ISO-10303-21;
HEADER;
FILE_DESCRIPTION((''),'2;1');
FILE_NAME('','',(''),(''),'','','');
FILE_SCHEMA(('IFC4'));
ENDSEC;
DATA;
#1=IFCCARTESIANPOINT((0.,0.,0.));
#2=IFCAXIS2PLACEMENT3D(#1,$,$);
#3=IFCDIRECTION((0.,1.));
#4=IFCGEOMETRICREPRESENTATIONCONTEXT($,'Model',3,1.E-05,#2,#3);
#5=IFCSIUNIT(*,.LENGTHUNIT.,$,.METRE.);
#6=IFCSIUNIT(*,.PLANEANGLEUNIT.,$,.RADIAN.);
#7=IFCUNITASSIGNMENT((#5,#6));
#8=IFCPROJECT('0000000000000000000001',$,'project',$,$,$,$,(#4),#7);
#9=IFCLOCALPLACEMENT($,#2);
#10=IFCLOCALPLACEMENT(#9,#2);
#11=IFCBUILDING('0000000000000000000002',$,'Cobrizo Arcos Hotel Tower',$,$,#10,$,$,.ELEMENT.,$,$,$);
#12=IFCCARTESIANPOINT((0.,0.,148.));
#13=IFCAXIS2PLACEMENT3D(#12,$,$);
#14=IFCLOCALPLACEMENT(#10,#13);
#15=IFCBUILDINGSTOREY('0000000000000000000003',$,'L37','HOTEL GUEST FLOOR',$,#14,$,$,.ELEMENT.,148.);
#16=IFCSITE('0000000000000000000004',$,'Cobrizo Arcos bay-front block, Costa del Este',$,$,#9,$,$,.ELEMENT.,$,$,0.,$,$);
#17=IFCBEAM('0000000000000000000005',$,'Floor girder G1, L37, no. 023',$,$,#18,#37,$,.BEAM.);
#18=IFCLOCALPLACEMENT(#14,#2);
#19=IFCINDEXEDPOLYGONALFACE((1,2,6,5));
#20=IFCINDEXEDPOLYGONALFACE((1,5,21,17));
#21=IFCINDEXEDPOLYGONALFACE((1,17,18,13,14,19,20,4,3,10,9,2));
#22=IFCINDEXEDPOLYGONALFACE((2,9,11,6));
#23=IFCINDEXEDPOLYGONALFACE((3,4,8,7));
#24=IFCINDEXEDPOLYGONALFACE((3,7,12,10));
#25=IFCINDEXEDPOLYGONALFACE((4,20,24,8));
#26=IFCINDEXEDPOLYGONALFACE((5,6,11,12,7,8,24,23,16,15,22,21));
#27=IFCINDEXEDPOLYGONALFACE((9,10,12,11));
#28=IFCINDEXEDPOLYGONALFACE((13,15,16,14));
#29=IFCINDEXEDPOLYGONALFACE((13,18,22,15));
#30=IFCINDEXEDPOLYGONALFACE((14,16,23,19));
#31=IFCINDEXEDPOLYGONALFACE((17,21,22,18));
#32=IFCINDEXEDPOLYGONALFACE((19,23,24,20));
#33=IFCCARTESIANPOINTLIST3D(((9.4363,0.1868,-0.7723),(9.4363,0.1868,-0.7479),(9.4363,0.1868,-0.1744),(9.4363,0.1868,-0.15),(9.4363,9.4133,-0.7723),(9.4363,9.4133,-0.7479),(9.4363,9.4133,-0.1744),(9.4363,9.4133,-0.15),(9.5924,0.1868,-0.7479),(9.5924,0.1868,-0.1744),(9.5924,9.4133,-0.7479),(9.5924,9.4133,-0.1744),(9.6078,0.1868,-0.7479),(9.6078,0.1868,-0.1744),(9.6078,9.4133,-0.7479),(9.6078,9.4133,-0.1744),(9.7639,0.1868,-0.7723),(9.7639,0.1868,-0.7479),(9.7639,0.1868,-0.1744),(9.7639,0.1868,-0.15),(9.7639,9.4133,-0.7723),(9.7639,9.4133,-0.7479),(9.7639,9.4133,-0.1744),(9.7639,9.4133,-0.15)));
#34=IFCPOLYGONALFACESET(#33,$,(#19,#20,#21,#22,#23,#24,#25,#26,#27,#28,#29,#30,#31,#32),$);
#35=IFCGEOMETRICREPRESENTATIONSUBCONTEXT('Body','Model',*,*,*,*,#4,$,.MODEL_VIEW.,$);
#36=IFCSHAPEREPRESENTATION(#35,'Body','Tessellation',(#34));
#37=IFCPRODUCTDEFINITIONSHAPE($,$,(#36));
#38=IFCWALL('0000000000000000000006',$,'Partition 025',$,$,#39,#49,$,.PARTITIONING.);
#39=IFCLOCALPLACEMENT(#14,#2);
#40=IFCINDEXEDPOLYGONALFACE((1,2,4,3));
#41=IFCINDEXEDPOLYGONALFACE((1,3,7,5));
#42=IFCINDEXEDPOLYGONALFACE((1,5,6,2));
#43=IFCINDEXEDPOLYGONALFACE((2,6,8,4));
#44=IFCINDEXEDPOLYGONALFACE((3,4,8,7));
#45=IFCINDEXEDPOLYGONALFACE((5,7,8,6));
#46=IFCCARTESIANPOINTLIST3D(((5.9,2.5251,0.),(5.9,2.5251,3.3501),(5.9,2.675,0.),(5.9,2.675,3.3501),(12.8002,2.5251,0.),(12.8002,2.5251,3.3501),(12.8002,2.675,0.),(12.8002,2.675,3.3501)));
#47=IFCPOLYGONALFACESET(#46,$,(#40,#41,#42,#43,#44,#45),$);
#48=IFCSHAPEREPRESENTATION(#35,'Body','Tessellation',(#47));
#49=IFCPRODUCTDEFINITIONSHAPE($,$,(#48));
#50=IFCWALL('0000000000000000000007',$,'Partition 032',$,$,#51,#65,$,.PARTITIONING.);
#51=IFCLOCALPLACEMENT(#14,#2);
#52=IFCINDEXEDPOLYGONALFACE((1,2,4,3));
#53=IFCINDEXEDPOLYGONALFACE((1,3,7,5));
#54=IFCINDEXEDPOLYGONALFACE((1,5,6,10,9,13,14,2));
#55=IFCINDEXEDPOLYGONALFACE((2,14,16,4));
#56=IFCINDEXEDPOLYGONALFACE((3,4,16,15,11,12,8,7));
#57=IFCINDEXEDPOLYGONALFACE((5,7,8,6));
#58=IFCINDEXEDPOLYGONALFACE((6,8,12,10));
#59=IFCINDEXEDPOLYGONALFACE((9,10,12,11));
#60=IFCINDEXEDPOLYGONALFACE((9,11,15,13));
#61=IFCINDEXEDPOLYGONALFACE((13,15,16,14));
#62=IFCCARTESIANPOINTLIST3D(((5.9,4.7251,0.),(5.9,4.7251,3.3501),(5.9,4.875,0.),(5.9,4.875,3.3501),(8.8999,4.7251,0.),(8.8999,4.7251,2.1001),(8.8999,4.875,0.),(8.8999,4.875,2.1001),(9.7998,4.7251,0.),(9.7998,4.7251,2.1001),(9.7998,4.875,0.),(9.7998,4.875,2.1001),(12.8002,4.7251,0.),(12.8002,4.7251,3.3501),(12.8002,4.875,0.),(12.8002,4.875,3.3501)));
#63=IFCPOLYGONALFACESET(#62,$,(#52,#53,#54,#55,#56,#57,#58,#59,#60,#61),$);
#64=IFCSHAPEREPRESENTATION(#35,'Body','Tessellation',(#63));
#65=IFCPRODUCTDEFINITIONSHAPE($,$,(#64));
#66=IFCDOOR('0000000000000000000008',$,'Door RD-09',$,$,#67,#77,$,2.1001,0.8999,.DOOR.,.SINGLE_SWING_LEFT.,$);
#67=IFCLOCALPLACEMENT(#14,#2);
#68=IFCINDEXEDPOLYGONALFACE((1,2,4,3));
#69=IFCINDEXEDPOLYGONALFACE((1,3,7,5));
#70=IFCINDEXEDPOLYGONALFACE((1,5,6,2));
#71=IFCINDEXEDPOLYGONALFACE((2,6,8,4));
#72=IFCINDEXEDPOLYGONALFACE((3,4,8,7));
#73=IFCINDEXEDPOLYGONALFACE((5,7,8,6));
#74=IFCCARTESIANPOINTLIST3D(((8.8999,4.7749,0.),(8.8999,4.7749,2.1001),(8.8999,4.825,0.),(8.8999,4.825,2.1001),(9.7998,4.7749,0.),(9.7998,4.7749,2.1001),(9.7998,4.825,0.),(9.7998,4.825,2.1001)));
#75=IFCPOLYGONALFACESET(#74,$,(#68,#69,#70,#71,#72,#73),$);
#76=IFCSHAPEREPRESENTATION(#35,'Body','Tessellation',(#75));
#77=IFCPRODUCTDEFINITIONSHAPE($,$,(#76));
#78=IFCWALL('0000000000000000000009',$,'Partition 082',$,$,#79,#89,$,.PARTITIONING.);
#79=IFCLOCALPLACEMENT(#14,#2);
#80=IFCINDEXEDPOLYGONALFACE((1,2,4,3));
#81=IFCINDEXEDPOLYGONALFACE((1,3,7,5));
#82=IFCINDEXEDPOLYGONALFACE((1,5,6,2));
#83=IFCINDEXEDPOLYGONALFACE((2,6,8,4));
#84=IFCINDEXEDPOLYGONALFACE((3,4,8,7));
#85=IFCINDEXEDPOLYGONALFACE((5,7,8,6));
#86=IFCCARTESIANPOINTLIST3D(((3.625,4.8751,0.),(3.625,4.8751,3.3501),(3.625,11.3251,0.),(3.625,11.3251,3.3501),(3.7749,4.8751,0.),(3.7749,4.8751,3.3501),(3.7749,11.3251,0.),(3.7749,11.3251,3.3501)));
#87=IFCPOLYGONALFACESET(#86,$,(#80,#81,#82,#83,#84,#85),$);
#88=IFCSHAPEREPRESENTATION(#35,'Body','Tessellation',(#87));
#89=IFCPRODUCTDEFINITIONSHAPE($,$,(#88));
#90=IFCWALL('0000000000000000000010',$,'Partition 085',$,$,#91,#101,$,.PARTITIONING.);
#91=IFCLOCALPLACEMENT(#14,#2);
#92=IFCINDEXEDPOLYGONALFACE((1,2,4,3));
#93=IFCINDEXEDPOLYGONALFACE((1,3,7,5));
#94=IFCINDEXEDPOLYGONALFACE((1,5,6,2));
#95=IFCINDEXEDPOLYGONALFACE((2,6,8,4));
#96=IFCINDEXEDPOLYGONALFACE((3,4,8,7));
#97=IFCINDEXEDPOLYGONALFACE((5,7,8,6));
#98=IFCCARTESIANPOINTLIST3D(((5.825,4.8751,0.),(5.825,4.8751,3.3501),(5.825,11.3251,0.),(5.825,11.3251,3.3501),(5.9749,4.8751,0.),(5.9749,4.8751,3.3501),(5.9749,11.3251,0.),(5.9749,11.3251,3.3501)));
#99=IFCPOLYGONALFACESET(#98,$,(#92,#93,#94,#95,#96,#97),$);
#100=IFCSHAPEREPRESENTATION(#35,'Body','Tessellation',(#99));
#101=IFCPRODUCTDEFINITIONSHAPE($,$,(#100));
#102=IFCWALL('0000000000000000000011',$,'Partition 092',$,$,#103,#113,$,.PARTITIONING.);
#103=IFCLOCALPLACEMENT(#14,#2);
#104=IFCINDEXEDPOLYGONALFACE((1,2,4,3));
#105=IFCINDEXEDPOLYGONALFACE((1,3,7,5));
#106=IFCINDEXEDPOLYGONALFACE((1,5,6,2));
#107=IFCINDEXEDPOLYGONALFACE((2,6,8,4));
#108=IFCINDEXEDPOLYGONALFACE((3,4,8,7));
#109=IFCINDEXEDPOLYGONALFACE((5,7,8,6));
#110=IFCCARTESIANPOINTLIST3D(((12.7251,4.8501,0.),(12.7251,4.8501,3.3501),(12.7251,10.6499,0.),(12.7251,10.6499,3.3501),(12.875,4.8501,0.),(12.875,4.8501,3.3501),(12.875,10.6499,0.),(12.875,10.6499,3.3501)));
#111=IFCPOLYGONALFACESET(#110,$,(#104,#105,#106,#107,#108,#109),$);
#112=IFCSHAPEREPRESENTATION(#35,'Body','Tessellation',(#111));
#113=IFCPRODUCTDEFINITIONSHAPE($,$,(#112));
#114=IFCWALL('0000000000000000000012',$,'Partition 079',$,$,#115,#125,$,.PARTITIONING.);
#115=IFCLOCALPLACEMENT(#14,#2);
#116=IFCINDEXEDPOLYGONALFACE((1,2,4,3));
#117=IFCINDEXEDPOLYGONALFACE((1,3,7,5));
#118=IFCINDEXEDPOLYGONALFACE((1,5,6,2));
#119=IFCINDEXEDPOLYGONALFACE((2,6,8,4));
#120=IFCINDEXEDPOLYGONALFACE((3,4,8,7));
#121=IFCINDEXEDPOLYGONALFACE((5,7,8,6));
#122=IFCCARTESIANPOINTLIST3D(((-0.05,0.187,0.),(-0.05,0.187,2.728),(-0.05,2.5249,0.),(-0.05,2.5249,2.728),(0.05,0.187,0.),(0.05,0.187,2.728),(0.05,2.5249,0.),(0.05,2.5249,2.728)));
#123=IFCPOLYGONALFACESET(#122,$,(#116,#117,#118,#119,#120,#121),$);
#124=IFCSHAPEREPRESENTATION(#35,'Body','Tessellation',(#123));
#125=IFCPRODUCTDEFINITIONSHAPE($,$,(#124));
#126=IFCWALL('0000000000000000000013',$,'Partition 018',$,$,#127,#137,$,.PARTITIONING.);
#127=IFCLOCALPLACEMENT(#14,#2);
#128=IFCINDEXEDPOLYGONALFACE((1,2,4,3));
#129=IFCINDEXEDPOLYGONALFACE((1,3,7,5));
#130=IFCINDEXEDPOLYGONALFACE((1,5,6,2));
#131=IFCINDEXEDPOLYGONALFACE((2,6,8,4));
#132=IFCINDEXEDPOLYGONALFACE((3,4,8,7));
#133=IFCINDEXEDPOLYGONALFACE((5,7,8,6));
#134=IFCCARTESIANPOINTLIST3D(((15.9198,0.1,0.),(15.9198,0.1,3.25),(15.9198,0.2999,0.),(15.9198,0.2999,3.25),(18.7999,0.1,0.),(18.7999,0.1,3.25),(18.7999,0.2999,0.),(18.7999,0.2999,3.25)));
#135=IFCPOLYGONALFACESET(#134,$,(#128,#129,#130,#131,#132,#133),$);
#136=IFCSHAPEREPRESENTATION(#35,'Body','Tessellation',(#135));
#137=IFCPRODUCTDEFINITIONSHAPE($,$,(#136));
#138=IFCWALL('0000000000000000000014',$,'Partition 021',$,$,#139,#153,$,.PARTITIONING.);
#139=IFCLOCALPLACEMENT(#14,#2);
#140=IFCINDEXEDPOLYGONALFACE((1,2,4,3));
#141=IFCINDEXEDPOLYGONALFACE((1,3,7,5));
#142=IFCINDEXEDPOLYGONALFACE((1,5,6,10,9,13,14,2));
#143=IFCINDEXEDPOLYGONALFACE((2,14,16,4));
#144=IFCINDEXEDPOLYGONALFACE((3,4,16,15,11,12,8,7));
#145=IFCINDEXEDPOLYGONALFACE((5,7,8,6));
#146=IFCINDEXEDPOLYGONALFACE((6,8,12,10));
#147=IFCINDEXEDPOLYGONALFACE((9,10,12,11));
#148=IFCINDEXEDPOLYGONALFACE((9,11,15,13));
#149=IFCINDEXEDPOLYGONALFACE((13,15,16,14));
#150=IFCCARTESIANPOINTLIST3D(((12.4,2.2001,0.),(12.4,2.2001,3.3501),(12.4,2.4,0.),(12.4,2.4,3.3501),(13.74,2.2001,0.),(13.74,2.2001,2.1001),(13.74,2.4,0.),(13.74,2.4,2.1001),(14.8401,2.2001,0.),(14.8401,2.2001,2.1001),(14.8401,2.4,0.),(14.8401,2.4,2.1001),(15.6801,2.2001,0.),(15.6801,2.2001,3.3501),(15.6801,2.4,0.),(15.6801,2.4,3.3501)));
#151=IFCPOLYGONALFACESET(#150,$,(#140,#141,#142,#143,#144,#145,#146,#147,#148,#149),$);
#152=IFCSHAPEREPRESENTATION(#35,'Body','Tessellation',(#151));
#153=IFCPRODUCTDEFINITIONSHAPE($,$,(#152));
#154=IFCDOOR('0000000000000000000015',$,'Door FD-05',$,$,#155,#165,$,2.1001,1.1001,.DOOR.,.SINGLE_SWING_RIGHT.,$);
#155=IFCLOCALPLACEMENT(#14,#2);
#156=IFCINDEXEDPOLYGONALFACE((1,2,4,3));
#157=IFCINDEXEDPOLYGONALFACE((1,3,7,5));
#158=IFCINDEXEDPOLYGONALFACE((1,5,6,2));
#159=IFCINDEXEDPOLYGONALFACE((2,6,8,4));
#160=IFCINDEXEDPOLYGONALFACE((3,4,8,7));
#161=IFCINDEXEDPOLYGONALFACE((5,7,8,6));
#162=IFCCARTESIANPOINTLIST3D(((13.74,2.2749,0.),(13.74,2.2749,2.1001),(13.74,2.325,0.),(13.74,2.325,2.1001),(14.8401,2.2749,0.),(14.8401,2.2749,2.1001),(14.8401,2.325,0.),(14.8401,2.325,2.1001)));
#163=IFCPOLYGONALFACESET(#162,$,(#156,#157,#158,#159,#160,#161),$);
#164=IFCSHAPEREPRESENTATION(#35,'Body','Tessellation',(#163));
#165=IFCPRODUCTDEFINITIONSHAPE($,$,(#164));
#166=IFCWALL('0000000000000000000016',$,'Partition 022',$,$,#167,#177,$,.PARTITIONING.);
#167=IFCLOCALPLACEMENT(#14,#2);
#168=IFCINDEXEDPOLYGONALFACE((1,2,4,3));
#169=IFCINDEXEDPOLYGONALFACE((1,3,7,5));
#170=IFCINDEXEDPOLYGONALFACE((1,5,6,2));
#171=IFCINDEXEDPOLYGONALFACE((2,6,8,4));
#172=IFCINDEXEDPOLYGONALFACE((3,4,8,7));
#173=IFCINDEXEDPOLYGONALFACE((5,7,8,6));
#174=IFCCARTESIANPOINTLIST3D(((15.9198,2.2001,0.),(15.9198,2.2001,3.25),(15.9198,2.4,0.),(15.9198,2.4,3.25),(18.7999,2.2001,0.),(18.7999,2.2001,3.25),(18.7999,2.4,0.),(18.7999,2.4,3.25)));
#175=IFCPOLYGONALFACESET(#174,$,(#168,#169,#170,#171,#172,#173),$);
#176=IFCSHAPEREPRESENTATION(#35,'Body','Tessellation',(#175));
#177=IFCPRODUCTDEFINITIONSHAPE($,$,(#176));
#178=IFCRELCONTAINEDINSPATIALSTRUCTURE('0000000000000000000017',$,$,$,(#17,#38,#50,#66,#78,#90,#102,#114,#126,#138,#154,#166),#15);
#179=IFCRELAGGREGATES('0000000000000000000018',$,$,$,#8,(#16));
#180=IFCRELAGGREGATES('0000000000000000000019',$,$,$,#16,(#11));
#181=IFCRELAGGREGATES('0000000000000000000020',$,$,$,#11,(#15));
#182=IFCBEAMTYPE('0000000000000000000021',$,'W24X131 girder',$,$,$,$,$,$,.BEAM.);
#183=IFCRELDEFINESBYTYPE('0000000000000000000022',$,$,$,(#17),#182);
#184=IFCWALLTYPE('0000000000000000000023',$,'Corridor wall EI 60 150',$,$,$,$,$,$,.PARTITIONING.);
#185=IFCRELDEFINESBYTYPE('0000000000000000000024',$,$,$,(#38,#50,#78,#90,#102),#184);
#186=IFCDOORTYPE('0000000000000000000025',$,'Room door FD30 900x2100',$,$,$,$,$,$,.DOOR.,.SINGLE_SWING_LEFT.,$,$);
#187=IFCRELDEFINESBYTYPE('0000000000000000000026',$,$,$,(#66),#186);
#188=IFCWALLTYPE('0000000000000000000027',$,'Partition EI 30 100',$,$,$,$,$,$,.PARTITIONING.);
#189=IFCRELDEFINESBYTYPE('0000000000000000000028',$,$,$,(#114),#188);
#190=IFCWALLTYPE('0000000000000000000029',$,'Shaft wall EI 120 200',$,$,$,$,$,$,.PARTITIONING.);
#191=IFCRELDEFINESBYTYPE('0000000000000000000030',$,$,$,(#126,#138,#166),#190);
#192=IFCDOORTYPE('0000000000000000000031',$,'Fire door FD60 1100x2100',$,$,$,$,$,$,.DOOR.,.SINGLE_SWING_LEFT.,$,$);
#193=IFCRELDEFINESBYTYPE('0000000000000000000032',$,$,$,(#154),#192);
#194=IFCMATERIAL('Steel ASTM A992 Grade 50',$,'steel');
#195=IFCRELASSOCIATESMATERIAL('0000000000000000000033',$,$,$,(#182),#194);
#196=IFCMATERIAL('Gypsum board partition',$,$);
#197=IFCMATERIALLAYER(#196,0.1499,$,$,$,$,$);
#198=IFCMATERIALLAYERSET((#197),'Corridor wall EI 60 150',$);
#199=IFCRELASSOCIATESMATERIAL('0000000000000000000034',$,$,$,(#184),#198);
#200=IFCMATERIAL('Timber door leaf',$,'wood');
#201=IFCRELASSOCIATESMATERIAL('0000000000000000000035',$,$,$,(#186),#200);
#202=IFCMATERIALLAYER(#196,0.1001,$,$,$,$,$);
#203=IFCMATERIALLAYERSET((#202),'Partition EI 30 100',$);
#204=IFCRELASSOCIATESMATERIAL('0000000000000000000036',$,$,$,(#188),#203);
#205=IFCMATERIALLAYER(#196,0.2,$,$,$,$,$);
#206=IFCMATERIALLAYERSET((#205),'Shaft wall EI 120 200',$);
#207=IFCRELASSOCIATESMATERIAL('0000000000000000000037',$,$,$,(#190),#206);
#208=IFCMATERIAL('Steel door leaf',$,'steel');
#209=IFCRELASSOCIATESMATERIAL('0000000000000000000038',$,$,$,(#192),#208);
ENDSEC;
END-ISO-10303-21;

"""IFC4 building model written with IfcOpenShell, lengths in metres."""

from ifc_helpers import new_model, si_unit, direction, frame, frame_2d, origin, origin_2d, place, context, subcontext, project, spatial, rectangle, i_section, extrude, material, layer, layer_set, material_profile, profile_set, type_object, element, fill, save


model = new_model("IFC4")

# Units and contexts
model_context = context("Model", 3, precision=1e-05, world=origin(), true_north=direction((0.0, 1.0)))
body_context = subcontext(model_context, "Body", "Model", "MODEL_VIEW")
ifc_project = project(units=[si_unit("LENGTHUNIT", "METRE"), si_unit("PLANEANGLEUNIT", "RADIAN")], contexts=[model_context])

# Site, building, storey
site_placement = place(None, origin())
site = spatial("IfcSite", under=ifc_project, at=site_placement, Name="Cobrizo Arcos bay-front block, Costa del Este", CompositionType="ELEMENT", RefElevation=0.0)
building_placement = place(site_placement, origin())
building = spatial("IfcBuilding", under=site, at=building_placement, Name="Cobrizo Arcos Hotel Tower", CompositionType="ELEMENT")
storey_placement = place(building_placement, frame((0.0, 0.0, 148.0)))
storey = spatial("IfcBuildingStorey", under=building, at=storey_placement, Name="L37", Description="HOTEL GUEST FLOOR", CompositionType="ELEMENT", Elevation=148.0)

# Shared definitions
ifc_material_1 = material(Name="Steel ASTM A992 Grade 50", Category="steel")

# Beam
ifc_material_profile_1 = material_profile(ifc_material_1, i_section(OverallWidth=0.3276, OverallDepth=0.6223, WebThickness=0.0154, FlangeThickness=0.0244, at=origin_2d()), Name="W24X131")
ifc_profile_set_1 = profile_set([ifc_material_profile_1], Name="Steel ASTM A992 Grade 50")
beam_type_1 = type_object("IfcBeamType", Name="W24X131 girder", PredefinedType="BEAM", material=ifc_profile_set_1)
for number, where, z_axis, x_axis, name in (
    (1, (9.6001, 0.1868, -0.4612), (0.0, 1.0, 0.0), (-1.0, 0.0, 0.0), "Floor girder G1, L37, no. 023"),
):
    element("IfcBeam", number, at=place(storey_placement, frame(where, z_axis=z_axis, x_axis=x_axis)), inside=storey, type_object=beam_type_1, Name=name, PredefinedType="BEAM", context=body_context, shape_type="SweptSolid", body=[
        extrude(i_section(OverallWidth=0.3276, OverallDepth=0.6223, WebThickness=0.0154, FlangeThickness=0.0244, at=origin_2d()), origin(), (0.0, 0.0, 1.0), 9.2266),
    ])

# Wall
ifc_material_2 = material(Name="Gypsum board partition")
ifc_layer_1 = layer(ifc_material_2, 0.1499)
ifc_layer_set_1 = layer_set([ifc_layer_1], Name="Corridor wall EI 60 150")
wall_type_1 = type_object("IfcWallType", Name="Corridor wall EI 60 150", PredefinedType="PARTITIONING", material=ifc_layer_set_1)
wall_1_placement = place(storey_placement, frame((5.8999, 2.6001, 0.0), z_axis=(0.0, 0.0, 1.0), x_axis=(1.0, 0.0, 0.0)))
element("IfcWall", 2, at=wall_1_placement, inside=storey, type_object=wall_type_1, Name="Partition 025", PredefinedType="PARTITIONING", context=body_context, shape_type="SweptSolid", body=[
    extrude(rectangle(XDim=6.9001, YDim=0.1499, at=frame_2d((3.4502, 0.0))), origin(), (0.0, 0.0, 1.0), 3.3501),
])

# Wall, opening, door
wall_2_placement = place(storey_placement, frame((5.8999, 4.8, 0.0), z_axis=(0.0, 0.0, 1.0), x_axis=(1.0, 0.0, 0.0)))
wall_2 = element("IfcWall", 3, at=wall_2_placement, inside=storey, type_object=wall_type_1, Name="Partition 032", PredefinedType="PARTITIONING", context=body_context, shape_type="SweptSolid", body=[
    extrude(rectangle(XDim=6.9001, YDim=0.1499, at=frame_2d((3.4502, 0.0))), origin(), (0.0, 0.0, 1.0), 3.3501),
])
opening_1_placement = place(wall_2_placement, frame((3.0, 0.0, 0.0)))
opening_1 = element("IfcOpeningElement", 4, at=opening_1_placement, cuts=wall_2, PredefinedType="OPENING", context=body_context, shape_type="SweptSolid", body=[
    extrude(rectangle(XDim=0.8999, YDim=2.1001, at=frame_2d((0.45, 1.05))), frame((0.0, 0.0869, 0.0), z_axis=(0.0, -1.0, 0.0), x_axis=(1.0, 0.0, 0.0)), (0.0, 0.0, 1.0), 0.1738),
])
ifc_material_3 = material(Name="Timber door leaf", Category="wood")
door_type_1 = type_object("IfcDoorType", Name="Room door FD30 900x2100", OperationType="SINGLE_SWING_LEFT", PredefinedType="DOOR", material=ifc_material_3)
door_1_placement = place(opening_1_placement, origin())
door_1 = element("IfcDoor", 5, at=door_1_placement, inside=storey, type_object=door_type_1, Name="Door RD-09", OperationType="SINGLE_SWING_LEFT", OverallHeight=2.1001, OverallWidth=0.8999, PredefinedType="DOOR", context=body_context, shape_type="SweptSolid", body=[
    extrude(rectangle(XDim=0.8999, YDim=2.1001, at=frame_2d((0.45, 1.05))), frame((0.0, 0.0249, 0.0), z_axis=(0.0, -1.0, 0.0), x_axis=(1.0, 0.0, 0.0)), (0.0, 0.0, 1.0), 0.05),
])
fill(opening_1, door_1)

# Walls
for number, where, z_axis, x_axis, name in (
    (6, (3.7, 4.875, 0.0), (0.0, 0.0, 1.0), (0.0, 1.0, 0.0), "Partition 082"),
    (7, (5.8999, 4.875, 0.0), (0.0, 0.0, 1.0), (0.0, 1.0, 0.0), "Partition 085"),
):
    element("IfcWall", number, at=place(storey_placement, frame(where, z_axis=z_axis, x_axis=x_axis)), inside=storey, type_object=wall_type_1, Name=name, PredefinedType="PARTITIONING", context=body_context, shape_type="SweptSolid", body=[
        extrude(rectangle(XDim=6.45, YDim=0.1499, at=frame_2d((3.2251, 0.0))), origin(), (0.0, 0.0, 1.0), 3.3501),
    ])
wall_3_placement = place(storey_placement, frame((12.8, 4.8501, 0.0), z_axis=(0.0, 0.0, 1.0), x_axis=(0.0, 1.0, 0.0)))
element("IfcWall", 8, at=wall_3_placement, inside=storey, type_object=wall_type_1, Name="Partition 092", PredefinedType="PARTITIONING", context=body_context, shape_type="SweptSolid", body=[
    extrude(rectangle(XDim=5.7998, YDim=0.1499, at=frame_2d((2.8999, 0.0))), origin(), (0.0, 0.0, 1.0), 3.3501),
])
ifc_layer_2 = layer(ifc_material_2, 0.1001)
ifc_layer_set_2 = layer_set([ifc_layer_2], Name="Partition EI 30 100")
wall_type_2 = type_object("IfcWallType", Name="Partition EI 30 100", PredefinedType="PARTITIONING", material=ifc_layer_set_2)
wall_4_placement = place(storey_placement, frame((0.0, 0.187, 0.0), z_axis=(0.0, 0.0, 1.0), x_axis=(0.0, 1.0, 0.0)))
element("IfcWall", 9, at=wall_4_placement, inside=storey, type_object=wall_type_2, Name="Partition 079", PredefinedType="PARTITIONING", context=body_context, shape_type="SweptSolid", body=[
    extrude(rectangle(XDim=2.3379, YDim=0.1001, at=frame_2d((1.1689, 0.0))), origin(), (0.0, 0.0, 1.0), 2.728),
])
ifc_layer_3 = layer(ifc_material_2, 0.2)
ifc_layer_set_3 = layer_set([ifc_layer_3], Name="Shaft wall EI 120 200")
wall_type_3 = type_object("IfcWallType", Name="Shaft wall EI 120 200", PredefinedType="PARTITIONING", material=ifc_layer_set_3)
wall_5_placement = place(storey_placement, frame((15.9199, 0.2, 0.0), z_axis=(0.0, 0.0, 1.0), x_axis=(1.0, 0.0, 0.0)))
element("IfcWall", 10, at=wall_5_placement, inside=storey, type_object=wall_type_3, Name="Partition 018", PredefinedType="PARTITIONING", context=body_context, shape_type="SweptSolid", body=[
    extrude(rectangle(XDim=2.8801, YDim=0.2, at=frame_2d((1.4399, 0.0))), origin(), (0.0, 0.0, 1.0), 3.25),
])

# Wall, opening, door
wall_6_placement = place(storey_placement, frame((12.3999, 2.3, 0.0), z_axis=(0.0, 0.0, 1.0), x_axis=(1.0, 0.0, 0.0)))
wall_6 = element("IfcWall", 11, at=wall_6_placement, inside=storey, type_object=wall_type_3, Name="Partition 021", PredefinedType="PARTITIONING", context=body_context, shape_type="SweptSolid", body=[
    extrude(rectangle(XDim=3.28, YDim=0.2, at=frame_2d((1.6401, 0.0))), origin(), (0.0, 0.0, 1.0), 3.3501),
])
opening_2_placement = place(wall_6_placement, frame((1.3401, 0.0, 0.0)))
opening_2 = element("IfcOpeningElement", 12, at=opening_2_placement, cuts=wall_6, PredefinedType="OPENING", context=body_context, shape_type="SweptSolid", body=[
    extrude(rectangle(XDim=1.1001, YDim=2.1001, at=frame_2d((0.55, 1.05))), frame((0.0, 0.1121, 0.0), z_axis=(0.0, -1.0, 0.0), x_axis=(1.0, 0.0, 0.0)), (0.0, 0.0, 1.0), 0.2239),
])
ifc_material_4 = material(Name="Steel door leaf", Category="steel")
door_type_2 = type_object("IfcDoorType", Name="Fire door FD60 1100x2100", OperationType="SINGLE_SWING_LEFT", PredefinedType="DOOR", material=ifc_material_4)
door_2_placement = place(opening_2_placement, origin())
door_2 = element("IfcDoor", 13, at=door_2_placement, inside=storey, type_object=door_type_2, Name="Door FD-05", OperationType="SINGLE_SWING_RIGHT", OverallHeight=2.1001, OverallWidth=1.1001, PredefinedType="DOOR", context=body_context, shape_type="SweptSolid", body=[
    extrude(rectangle(XDim=1.1001, YDim=2.1001, at=frame_2d((0.55, 1.05))), frame((0.0, 0.0249, 0.0), z_axis=(0.0, -1.0, 0.0), x_axis=(1.0, 0.0, 0.0)), (0.0, 0.0, 1.0), 0.05),
])
fill(opening_2, door_2)

# Wall
wall_7_placement = place(storey_placement, frame((15.9199, 2.3, 0.0), z_axis=(0.0, 0.0, 1.0), x_axis=(1.0, 0.0, 0.0)))
element("IfcWall", 14, at=wall_7_placement, inside=storey, type_object=wall_type_3, Name="Partition 022", PredefinedType="PARTITIONING", context=body_context, shape_type="SweptSolid", body=[
    extrude(rectangle(XDim=2.8801, YDim=0.2, at=frame_2d((1.4399, 0.0))), origin(), (0.0, 0.0, 1.0), 3.25),
])

save(model, "model.ifc")
